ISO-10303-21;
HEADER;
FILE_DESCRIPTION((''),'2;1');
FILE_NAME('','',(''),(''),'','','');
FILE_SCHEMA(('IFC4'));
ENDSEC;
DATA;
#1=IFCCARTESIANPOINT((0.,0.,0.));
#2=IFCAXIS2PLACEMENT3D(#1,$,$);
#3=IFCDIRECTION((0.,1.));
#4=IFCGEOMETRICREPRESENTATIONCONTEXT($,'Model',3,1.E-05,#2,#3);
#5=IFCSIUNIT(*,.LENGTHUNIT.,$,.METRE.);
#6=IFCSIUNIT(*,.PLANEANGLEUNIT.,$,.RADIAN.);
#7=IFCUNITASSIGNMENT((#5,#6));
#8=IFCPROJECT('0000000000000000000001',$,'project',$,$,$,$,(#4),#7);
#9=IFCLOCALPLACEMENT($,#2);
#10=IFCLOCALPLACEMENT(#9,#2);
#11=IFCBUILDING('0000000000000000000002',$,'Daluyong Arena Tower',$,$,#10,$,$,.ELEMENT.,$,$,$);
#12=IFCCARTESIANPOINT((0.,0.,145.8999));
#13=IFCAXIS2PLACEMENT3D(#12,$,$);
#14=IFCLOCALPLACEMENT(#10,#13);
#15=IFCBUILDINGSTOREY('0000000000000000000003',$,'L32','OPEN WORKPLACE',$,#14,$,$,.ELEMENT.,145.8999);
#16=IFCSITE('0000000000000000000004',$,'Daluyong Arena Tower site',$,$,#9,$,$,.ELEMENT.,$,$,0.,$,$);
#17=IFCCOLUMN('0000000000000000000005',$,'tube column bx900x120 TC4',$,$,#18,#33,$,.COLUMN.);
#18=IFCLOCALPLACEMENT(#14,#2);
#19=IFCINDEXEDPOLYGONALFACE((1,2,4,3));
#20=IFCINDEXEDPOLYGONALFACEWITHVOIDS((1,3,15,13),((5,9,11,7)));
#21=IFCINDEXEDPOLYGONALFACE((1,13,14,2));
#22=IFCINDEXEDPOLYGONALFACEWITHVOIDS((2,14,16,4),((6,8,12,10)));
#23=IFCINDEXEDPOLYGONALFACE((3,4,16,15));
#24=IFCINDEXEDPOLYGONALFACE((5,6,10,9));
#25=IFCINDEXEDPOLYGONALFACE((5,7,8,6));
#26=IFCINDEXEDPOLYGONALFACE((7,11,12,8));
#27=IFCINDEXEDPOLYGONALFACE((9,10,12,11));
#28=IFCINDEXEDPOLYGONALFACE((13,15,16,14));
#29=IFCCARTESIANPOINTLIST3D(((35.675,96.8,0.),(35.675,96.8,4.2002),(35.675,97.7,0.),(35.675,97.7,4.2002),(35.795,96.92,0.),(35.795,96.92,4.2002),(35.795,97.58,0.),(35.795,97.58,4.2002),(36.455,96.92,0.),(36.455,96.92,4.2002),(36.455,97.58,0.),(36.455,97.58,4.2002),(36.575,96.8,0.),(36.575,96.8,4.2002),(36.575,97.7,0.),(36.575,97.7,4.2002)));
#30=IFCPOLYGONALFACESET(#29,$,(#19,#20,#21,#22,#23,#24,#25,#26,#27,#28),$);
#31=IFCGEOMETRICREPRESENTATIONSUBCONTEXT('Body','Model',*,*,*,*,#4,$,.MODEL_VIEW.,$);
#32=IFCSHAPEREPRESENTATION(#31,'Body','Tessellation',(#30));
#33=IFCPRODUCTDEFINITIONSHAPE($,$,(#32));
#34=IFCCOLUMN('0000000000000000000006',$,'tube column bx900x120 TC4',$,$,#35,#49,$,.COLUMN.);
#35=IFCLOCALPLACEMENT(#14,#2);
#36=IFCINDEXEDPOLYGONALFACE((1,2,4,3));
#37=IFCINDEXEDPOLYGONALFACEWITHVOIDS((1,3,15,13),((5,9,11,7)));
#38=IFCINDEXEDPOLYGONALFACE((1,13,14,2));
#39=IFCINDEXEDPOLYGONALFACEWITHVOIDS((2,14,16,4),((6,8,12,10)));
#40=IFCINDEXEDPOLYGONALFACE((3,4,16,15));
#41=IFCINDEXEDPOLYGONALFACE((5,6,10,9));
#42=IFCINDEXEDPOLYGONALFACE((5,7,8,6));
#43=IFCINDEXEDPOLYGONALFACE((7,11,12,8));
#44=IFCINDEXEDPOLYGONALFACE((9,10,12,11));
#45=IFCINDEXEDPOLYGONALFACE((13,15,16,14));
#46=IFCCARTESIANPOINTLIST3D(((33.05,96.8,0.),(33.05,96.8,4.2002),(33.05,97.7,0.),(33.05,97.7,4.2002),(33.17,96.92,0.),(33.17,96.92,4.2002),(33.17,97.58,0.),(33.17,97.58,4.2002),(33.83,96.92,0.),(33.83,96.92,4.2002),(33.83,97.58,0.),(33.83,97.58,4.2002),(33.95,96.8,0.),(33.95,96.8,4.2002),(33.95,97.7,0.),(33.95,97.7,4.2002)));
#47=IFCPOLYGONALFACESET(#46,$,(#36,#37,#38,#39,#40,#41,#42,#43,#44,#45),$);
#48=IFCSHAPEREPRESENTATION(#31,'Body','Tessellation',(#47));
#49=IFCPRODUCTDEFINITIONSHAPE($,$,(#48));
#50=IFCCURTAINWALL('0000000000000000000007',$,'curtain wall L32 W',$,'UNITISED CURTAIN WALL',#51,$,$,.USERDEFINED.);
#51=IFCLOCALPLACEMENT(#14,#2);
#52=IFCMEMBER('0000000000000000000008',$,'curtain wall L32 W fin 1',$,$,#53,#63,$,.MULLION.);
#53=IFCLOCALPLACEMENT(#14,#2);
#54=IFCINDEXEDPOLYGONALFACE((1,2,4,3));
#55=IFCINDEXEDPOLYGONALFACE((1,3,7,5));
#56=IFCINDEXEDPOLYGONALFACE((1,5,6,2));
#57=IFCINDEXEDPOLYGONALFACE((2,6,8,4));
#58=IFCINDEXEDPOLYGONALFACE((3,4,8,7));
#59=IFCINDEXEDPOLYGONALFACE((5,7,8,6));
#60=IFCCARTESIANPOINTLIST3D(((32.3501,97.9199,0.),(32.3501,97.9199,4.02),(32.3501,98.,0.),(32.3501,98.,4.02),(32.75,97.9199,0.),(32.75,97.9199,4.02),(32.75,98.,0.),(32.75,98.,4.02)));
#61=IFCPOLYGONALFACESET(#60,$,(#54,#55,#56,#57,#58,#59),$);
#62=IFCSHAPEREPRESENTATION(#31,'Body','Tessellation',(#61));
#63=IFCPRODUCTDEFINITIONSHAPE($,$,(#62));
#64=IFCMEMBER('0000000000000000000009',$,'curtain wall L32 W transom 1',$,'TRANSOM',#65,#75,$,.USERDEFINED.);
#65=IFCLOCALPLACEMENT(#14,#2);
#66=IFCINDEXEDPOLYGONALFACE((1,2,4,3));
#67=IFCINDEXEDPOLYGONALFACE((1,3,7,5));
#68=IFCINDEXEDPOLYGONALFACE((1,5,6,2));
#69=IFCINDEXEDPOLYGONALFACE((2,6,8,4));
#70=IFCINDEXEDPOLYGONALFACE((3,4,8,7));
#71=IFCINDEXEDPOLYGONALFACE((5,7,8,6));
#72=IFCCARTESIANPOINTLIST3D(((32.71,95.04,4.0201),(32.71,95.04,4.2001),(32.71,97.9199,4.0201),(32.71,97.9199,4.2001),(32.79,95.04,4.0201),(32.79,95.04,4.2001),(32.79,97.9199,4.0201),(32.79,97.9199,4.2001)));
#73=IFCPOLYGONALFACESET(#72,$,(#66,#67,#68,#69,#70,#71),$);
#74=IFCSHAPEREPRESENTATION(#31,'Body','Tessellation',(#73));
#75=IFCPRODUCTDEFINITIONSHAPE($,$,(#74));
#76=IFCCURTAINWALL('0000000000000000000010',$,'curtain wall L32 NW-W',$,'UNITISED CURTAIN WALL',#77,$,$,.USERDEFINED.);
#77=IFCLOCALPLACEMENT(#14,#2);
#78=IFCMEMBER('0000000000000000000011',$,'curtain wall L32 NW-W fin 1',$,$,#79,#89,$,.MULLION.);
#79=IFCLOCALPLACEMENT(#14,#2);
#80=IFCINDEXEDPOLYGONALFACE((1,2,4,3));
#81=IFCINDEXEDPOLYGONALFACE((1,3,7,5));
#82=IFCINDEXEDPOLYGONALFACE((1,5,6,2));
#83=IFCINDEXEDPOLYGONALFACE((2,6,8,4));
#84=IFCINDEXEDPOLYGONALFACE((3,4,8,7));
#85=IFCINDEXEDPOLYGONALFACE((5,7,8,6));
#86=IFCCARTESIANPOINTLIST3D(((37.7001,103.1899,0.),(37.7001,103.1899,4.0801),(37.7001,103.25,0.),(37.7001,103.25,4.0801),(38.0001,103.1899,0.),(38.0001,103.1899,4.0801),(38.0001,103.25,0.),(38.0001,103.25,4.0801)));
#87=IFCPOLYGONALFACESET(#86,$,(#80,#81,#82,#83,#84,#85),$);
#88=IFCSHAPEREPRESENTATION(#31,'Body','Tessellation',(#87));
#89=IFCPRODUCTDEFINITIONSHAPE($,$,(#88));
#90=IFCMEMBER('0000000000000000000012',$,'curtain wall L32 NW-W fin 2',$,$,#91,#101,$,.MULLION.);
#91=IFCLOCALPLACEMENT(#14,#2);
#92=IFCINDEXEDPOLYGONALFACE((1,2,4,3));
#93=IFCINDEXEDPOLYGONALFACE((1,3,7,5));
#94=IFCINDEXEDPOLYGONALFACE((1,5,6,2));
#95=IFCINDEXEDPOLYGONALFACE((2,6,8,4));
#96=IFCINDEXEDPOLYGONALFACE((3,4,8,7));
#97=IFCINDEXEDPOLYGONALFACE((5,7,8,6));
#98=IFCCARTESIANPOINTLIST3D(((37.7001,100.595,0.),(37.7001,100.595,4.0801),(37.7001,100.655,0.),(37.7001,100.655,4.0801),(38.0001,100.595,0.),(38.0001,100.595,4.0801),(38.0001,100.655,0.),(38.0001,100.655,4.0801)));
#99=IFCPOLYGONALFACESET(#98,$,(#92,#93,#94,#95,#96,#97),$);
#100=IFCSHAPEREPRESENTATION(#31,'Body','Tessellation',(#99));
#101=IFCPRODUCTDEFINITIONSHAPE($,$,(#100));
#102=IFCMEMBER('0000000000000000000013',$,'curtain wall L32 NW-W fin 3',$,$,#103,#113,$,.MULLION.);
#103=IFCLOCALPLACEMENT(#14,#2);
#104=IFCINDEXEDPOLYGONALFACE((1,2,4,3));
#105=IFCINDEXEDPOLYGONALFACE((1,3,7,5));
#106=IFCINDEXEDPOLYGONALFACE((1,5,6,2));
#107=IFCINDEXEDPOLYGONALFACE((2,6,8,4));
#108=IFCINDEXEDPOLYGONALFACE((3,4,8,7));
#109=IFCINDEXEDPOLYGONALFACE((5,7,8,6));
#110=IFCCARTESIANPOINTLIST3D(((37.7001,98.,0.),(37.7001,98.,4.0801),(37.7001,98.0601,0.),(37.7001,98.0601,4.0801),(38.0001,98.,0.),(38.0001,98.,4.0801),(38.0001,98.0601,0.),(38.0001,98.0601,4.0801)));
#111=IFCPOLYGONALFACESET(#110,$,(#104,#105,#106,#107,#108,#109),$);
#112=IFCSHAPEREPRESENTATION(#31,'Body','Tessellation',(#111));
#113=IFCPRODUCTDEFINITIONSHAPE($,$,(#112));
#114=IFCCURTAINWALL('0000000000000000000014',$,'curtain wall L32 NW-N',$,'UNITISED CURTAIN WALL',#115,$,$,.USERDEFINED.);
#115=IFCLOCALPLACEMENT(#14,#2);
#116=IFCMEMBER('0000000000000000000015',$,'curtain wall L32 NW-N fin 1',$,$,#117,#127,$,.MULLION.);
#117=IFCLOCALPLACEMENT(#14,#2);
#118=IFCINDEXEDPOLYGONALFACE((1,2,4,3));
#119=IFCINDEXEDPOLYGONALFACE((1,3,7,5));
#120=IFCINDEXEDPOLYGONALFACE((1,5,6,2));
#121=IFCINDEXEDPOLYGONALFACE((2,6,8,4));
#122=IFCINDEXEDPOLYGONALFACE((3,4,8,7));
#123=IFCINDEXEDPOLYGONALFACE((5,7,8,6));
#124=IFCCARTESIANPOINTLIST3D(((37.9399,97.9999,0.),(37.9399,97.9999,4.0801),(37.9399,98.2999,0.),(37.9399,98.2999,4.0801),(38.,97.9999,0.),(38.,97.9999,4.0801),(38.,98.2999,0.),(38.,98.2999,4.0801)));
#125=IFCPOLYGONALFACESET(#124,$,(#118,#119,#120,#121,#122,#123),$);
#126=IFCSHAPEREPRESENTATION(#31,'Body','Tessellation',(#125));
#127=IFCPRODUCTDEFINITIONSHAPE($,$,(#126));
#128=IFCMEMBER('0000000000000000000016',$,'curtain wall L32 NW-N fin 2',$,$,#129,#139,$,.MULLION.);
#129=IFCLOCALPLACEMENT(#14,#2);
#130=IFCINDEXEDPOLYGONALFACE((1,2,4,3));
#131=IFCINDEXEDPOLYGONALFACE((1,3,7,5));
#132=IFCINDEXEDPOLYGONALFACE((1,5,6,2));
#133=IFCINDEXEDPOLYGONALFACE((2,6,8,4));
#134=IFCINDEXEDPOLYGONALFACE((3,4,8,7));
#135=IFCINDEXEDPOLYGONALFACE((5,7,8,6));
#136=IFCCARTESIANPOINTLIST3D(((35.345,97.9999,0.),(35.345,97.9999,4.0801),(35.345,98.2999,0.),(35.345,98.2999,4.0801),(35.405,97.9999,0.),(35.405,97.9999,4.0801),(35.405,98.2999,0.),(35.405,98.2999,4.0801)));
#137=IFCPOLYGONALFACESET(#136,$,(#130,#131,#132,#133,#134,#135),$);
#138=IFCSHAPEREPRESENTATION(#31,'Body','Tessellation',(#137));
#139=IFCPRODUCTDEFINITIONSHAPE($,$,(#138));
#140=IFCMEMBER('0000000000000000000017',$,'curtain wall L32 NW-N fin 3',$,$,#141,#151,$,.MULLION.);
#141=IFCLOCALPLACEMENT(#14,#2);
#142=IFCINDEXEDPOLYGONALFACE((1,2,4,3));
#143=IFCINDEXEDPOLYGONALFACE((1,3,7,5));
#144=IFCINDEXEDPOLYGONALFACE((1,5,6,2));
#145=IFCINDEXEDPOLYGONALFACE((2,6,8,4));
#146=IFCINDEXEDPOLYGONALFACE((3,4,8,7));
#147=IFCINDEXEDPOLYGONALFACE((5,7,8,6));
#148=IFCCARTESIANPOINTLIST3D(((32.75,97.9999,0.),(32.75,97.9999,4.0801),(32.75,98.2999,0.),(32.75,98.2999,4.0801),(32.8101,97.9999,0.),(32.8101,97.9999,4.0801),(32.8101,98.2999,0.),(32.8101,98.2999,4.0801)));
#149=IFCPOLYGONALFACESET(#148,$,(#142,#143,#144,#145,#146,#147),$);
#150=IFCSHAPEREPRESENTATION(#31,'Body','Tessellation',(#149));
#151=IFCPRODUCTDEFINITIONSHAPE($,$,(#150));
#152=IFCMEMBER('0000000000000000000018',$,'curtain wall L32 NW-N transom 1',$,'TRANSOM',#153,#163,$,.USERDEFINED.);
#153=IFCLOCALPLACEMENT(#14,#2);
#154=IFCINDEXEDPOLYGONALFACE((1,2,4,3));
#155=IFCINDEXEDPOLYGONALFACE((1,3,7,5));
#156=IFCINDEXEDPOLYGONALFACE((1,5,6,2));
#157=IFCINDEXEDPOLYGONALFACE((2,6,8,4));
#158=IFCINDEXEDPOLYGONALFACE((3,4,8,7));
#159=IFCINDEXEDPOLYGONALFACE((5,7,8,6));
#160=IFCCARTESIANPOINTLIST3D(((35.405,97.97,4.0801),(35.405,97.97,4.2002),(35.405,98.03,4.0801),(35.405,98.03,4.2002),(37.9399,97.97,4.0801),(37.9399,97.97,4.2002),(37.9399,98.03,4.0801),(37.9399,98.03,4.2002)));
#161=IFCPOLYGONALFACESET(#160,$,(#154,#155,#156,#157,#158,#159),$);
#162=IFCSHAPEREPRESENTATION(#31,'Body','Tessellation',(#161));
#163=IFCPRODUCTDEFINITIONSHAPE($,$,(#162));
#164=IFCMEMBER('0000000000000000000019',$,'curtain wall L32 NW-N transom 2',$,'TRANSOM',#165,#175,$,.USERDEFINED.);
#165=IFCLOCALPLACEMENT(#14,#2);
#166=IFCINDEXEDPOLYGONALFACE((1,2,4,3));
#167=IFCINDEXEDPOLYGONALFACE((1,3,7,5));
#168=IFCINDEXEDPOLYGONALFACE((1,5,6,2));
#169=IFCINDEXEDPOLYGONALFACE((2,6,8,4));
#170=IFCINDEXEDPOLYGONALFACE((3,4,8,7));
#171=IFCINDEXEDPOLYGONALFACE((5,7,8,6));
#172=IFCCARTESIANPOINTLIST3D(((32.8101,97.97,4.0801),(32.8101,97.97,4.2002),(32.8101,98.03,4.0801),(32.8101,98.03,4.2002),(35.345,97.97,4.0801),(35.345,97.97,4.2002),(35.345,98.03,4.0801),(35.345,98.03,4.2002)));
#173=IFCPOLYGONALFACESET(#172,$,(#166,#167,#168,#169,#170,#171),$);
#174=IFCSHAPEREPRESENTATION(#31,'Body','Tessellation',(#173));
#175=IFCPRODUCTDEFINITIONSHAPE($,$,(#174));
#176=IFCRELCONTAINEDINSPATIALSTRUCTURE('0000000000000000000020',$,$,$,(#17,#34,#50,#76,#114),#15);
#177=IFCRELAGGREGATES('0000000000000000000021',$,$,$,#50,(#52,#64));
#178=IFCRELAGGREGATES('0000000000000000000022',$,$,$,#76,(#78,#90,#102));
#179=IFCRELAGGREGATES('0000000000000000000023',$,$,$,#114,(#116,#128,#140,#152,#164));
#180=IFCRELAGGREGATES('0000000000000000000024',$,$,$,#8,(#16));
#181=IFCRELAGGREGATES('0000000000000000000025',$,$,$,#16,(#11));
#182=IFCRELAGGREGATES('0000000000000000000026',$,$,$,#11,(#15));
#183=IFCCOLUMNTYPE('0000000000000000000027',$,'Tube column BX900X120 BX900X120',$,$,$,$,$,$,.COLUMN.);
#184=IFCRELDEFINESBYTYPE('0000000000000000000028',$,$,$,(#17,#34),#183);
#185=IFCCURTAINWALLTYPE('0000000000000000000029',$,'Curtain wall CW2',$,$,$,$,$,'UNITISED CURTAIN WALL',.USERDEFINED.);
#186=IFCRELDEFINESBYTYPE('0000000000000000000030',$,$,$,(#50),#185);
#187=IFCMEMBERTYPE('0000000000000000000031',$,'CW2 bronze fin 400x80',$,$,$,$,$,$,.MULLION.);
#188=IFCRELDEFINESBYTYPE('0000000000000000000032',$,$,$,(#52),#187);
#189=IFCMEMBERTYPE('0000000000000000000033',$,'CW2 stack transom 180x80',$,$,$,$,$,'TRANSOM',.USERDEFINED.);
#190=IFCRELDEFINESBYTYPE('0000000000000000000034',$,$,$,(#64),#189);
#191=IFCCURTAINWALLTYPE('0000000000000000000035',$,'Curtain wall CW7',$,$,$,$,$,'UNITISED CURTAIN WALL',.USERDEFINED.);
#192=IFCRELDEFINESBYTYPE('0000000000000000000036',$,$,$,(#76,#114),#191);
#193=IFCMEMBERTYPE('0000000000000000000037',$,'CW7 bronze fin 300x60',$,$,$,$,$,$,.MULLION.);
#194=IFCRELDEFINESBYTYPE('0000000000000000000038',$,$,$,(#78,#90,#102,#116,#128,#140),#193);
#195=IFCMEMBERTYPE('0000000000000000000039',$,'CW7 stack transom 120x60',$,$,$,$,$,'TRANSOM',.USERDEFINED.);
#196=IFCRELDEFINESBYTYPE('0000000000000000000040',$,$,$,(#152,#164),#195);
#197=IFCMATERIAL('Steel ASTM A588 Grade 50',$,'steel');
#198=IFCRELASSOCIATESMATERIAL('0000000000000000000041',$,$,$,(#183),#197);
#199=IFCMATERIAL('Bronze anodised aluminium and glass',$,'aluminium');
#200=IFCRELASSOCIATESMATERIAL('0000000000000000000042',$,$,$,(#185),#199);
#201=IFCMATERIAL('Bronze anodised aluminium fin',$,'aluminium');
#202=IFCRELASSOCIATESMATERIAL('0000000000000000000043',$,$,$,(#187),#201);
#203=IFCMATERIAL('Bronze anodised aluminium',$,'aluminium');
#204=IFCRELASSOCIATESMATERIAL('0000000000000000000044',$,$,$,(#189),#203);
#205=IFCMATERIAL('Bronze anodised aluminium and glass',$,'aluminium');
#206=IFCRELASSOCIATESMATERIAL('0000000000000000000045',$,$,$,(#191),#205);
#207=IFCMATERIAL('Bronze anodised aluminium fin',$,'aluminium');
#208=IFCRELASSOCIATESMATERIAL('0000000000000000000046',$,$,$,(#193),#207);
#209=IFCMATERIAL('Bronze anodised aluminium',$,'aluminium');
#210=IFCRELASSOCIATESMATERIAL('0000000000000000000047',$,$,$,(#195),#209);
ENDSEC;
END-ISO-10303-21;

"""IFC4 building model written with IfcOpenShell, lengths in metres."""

from ifc_helpers import new_model, si_unit, direction, frame, origin, origin_2d, place, context, subcontext, project, spatial, rectangle, hollow_rectangle, extrude, material, material_profile, profile_set, type_object, element, aggregate, save


model = new_model("IFC4")

# Units and contexts
model_context = context("Model", 3, precision=1e-05, world=origin(), true_north=direction((0.0, 1.0)))
body_context = subcontext(model_context, "Body", "Model", "MODEL_VIEW")
ifc_project = project(units=[si_unit("LENGTHUNIT", "METRE"), si_unit("PLANEANGLEUNIT", "RADIAN")], contexts=[model_context])

# Site, building, storey
site_placement = place(None, origin())
site = spatial("IfcSite", under=ifc_project, at=site_placement, Name="Daluyong Arena Tower site", CompositionType="ELEMENT", RefElevation=0.0)
building_placement = place(site_placement, origin())
building = spatial("IfcBuilding", under=site, at=building_placement, Name="Daluyong Arena Tower", CompositionType="ELEMENT")
storey_placement = place(building_placement, frame((0.0, 0.0, 145.8999)))
storey = spatial("IfcBuildingStorey", under=building, at=storey_placement, Name="L32", Description="OPEN WORKPLACE", CompositionType="ELEMENT", Elevation=145.8999)

# Columns
ifc_material_1 = material(Name="Steel ASTM A588 Grade 50", Category="steel")
ifc_material_profile_1 = material_profile(ifc_material_1, hollow_rectangle(XDim=0.8999, YDim=0.8999, WallThickness=0.12, at=origin_2d()))
ifc_profile_set_1 = profile_set([ifc_material_profile_1], Name="Steel ASTM A588 Grade 50")
column_type = type_object("IfcColumnType", Name="Tube column BX900X120 BX900X120", PredefinedType="COLUMN", material=ifc_profile_set_1)
for number, where, z_axis, x_axis, name in (
    (1, (36.125, 97.25, 0.0), (0.0, 0.0, 1.0), (1.0, 0.0, 0.0), "tube column bx900x120 TC4"),
    (2, (33.5, 97.25, 0.0), (0.0, 0.0, 1.0), (0.0, 1.0, 0.0), "tube column bx900x120 TC4"),
):
    element("IfcColumn", number, at=place(storey_placement, frame(where, z_axis=z_axis, x_axis=x_axis)), inside=storey, type_object=column_type, Name=name, PredefinedType="COLUMN", context=body_context, shape_type="SweptSolid", body=[
        extrude(hollow_rectangle(XDim=0.8999, YDim=0.8999, WallThickness=0.12, at=origin_2d()), origin(), (0.0, 0.0, 1.0), 4.2002),
    ])

# Curtain walls, members
ifc_material_2 = material(Name="Bronze anodised aluminium and glass", Category="aluminium")
curtain_wall_type_1 = type_object("IfcCurtainWallType", Name="Curtain wall CW2", ElementType="UNITISED CURTAIN WALL", PredefinedType="USERDEFINED", material=ifc_material_2)
curtain_wall_1_placement = place(storey_placement, origin())
curtain_wall_1 = element("IfcCurtainWall", 3, at=curtain_wall_1_placement, inside=storey, type_object=curtain_wall_type_1, Name="curtain wall L32 W", ObjectType="UNITISED CURTAIN WALL", PredefinedType="USERDEFINED")
ifc_material_3 = material(Name="Bronze anodised aluminium fin", Category="aluminium")
ifc_material_profile_2 = material_profile(ifc_material_3, rectangle(XDim=0.3999, YDim=0.0801, at=origin_2d()))
ifc_profile_set_2 = profile_set([ifc_material_profile_2], Name="Bronze anodised aluminium fin")
member_type_1 = type_object("IfcMemberType", Name="CW2 bronze fin 400x80", PredefinedType="MULLION", material=ifc_profile_set_2)
member_1_placement = place(storey_placement, frame((32.55, 97.96, 0.0), z_axis=(0.0, 0.0, 1.0), x_axis=(1.0, 0.0, 0.0)))
member_1 = element("IfcMember", 4, at=member_1_placement, type_object=member_type_1, Name="curtain wall L32 W fin 1", PredefinedType="MULLION", context=body_context, shape_type="SweptSolid", body=[
    extrude(rectangle(XDim=0.3999, YDim=0.0801, at=origin_2d()), origin(), (0.0, 0.0, 1.0), 4.02),
])
ifc_material_4 = material(Name="Bronze anodised aluminium", Category="aluminium")
ifc_material_profile_3 = material_profile(ifc_material_4, rectangle(XDim=0.0801, YDim=0.1799, at=origin_2d()))
ifc_profile_set_3 = profile_set([ifc_material_profile_3], Name="Bronze anodised aluminium")
member_type_2 = type_object("IfcMemberType", Name="CW2 stack transom 180x80", ElementType="TRANSOM", PredefinedType="USERDEFINED", material=ifc_profile_set_3)
member_2_placement = place(storey_placement, frame((32.75, 97.9199, 4.1101), z_axis=(0.0, -1.0, 0.0), x_axis=(1.0, 0.0, 0.0)))
member_2 = element("IfcMember", 5, at=member_2_placement, type_object=member_type_2, Name="curtain wall L32 W transom 1", ObjectType="TRANSOM", PredefinedType="USERDEFINED", context=body_context, shape_type="SweptSolid", body=[
    extrude(rectangle(XDim=0.0801, YDim=0.1799, at=origin_2d()), origin(), (0.0, 0.0, 1.0), 2.8799),
])
aggregate(curtain_wall_1, [member_1, member_2])
ifc_material_5 = material(Name="Bronze anodised aluminium and glass", Category="aluminium")
curtain_wall_type_2 = type_object("IfcCurtainWallType", Name="Curtain wall CW7", ElementType="UNITISED CURTAIN WALL", PredefinedType="USERDEFINED", material=ifc_material_5)
curtain_wall_2_placement = place(storey_placement, origin())
curtain_wall_2 = element("IfcCurtainWall", 6, at=curtain_wall_2_placement, inside=storey, type_object=curtain_wall_type_2, Name="curtain wall L32 NW-W", ObjectType="UNITISED CURTAIN WALL", PredefinedType="USERDEFINED")
ifc_material_6 = material(Name="Bronze anodised aluminium fin", Category="aluminium")
ifc_material_profile_4 = material_profile(ifc_material_6, rectangle(XDim=0.3, YDim=0.0601, at=origin_2d()))
ifc_profile_set_4 = profile_set([ifc_material_profile_4], Name="Bronze anodised aluminium fin")
member_type_3 = type_object("IfcMemberType", Name="CW7 bronze fin 300x60", PredefinedType="MULLION", material=ifc_profile_set_4)
member_3_placement = place(storey_placement, frame((37.8501, 103.22, 0.0), z_axis=(0.0, 0.0, 1.0), x_axis=(1.0, 0.0, 0.0)))
member_3 = element("IfcMember", 7, at=member_3_placement, type_object=member_type_3, Name="curtain wall L32 NW-W fin 1", PredefinedType="MULLION", context=body_context, shape_type="SweptSolid", body=[
    extrude(rectangle(XDim=0.3, YDim=0.0601, at=origin_2d()), origin(), (0.0, 0.0, 1.0), 4.0801),
])
member_4_placement = place(storey_placement, frame((37.8501, 100.625, 0.0), z_axis=(0.0, 0.0, 1.0), x_axis=(1.0, 0.0, 0.0)))
member_4 = element("IfcMember", 8, at=member_4_placement, type_object=member_type_3, Name="curtain wall L32 NW-W fin 2", PredefinedType="MULLION", context=body_context, shape_type="SweptSolid", body=[
    extrude(rectangle(XDim=0.3, YDim=0.0601, at=origin_2d()), origin(), (0.0, 0.0, 1.0), 4.0801),
])
member_5_placement = place(storey_placement, frame((37.8501, 98.03, 0.0), z_axis=(0.0, 0.0, 1.0), x_axis=(1.0, 0.0, 0.0)))
member_5 = element("IfcMember", 9, at=member_5_placement, type_object=member_type_3, Name="curtain wall L32 NW-W fin 3", PredefinedType="MULLION", context=body_context, shape_type="SweptSolid", body=[
    extrude(rectangle(XDim=0.3, YDim=0.0601, at=origin_2d()), origin(), (0.0, 0.0, 1.0), 4.0801),
])
curtain_wall_3_placement = place(storey_placement, origin())
curtain_wall_3 = element("IfcCurtainWall", 10, at=curtain_wall_3_placement, inside=storey, type_object=curtain_wall_type_2, Name="curtain wall L32 NW-N", ObjectType="UNITISED CURTAIN WALL", PredefinedType="USERDEFINED")
member_6_placement = place(storey_placement, frame((37.97, 98.1499, 0.0), z_axis=(0.0, 0.0, 1.0), x_axis=(0.0, -1.0, 0.0)))
member_6 = element("IfcMember", 11, at=member_6_placement, type_object=member_type_3, Name="curtain wall L32 NW-N fin 1", PredefinedType="MULLION", context=body_context, shape_type="SweptSolid", body=[
    extrude(rectangle(XDim=0.3, YDim=0.0601, at=origin_2d()), origin(), (0.0, 0.0, 1.0), 4.0801),
])
member_7_placement = place(storey_placement, frame((35.375, 98.1499, 0.0), z_axis=(0.0, 0.0, 1.0), x_axis=(0.0, -1.0, 0.0)))
member_7 = element("IfcMember", 12, at=member_7_placement, type_object=member_type_3, Name="curtain wall L32 NW-N fin 2", PredefinedType="MULLION", context=body_context, shape_type="SweptSolid", body=[
    extrude(rectangle(XDim=0.3, YDim=0.0601, at=origin_2d()), origin(), (0.0, 0.0, 1.0), 4.0801),
])
member_8_placement = place(storey_placement, frame((32.78, 98.1499, 0.0), z_axis=(0.0, 0.0, 1.0), x_axis=(0.0, -1.0, 0.0)))
member_8 = element("IfcMember", 13, at=member_8_placement, type_object=member_type_3, Name="curtain wall L32 NW-N fin 3", PredefinedType="MULLION", context=body_context, shape_type="SweptSolid", body=[
    extrude(rectangle(XDim=0.3, YDim=0.0601, at=origin_2d()), origin(), (0.0, 0.0, 1.0), 4.0801),
])
ifc_material_7 = material(Name="Bronze anodised aluminium", Category="aluminium")
ifc_material_profile_5 = material_profile(ifc_material_7, rectangle(XDim=0.0601, YDim=0.1201, at=origin_2d()))
ifc_profile_set_5 = profile_set([ifc_material_profile_5], Name="Bronze anodised aluminium")
member_type_4 = type_object("IfcMemberType", Name="CW7 stack transom 120x60", ElementType="TRANSOM", PredefinedType="USERDEFINED", material=ifc_profile_set_5)
member_9_placement = place(storey_placement, frame((37.9399, 98.0, 4.1401), z_axis=(-1.0, 0.0, 0.0), x_axis=(0.0, -1.0, 0.0)))
member_9 = element("IfcMember", 14, at=member_9_placement, type_object=member_type_4, Name="curtain wall L32 NW-N transom 1", ObjectType="TRANSOM", PredefinedType="USERDEFINED", context=body_context, shape_type="SweptSolid", body=[
    extrude(rectangle(XDim=0.0601, YDim=0.1201, at=origin_2d()), origin(), (0.0, 0.0, 1.0), 2.5349),
])
member_10_placement = place(storey_placement, frame((35.345, 98.0, 4.1401), z_axis=(-1.0, 0.0, 0.0), x_axis=(0.0, -1.0, 0.0)))
member_10 = element("IfcMember", 15, at=member_10_placement, type_object=member_type_4, Name="curtain wall L32 NW-N transom 2", ObjectType="TRANSOM", PredefinedType="USERDEFINED", context=body_context, shape_type="SweptSolid", body=[
    extrude(rectangle(XDim=0.0601, YDim=0.1201, at=origin_2d()), origin(), (0.0, 0.0, 1.0), 2.5349),
])

aggregate(curtain_wall_2, [member_3, member_4, member_5])
aggregate(curtain_wall_3, [member_6, member_7, member_8, member_9, member_10])

save(model, "model.ifc")
